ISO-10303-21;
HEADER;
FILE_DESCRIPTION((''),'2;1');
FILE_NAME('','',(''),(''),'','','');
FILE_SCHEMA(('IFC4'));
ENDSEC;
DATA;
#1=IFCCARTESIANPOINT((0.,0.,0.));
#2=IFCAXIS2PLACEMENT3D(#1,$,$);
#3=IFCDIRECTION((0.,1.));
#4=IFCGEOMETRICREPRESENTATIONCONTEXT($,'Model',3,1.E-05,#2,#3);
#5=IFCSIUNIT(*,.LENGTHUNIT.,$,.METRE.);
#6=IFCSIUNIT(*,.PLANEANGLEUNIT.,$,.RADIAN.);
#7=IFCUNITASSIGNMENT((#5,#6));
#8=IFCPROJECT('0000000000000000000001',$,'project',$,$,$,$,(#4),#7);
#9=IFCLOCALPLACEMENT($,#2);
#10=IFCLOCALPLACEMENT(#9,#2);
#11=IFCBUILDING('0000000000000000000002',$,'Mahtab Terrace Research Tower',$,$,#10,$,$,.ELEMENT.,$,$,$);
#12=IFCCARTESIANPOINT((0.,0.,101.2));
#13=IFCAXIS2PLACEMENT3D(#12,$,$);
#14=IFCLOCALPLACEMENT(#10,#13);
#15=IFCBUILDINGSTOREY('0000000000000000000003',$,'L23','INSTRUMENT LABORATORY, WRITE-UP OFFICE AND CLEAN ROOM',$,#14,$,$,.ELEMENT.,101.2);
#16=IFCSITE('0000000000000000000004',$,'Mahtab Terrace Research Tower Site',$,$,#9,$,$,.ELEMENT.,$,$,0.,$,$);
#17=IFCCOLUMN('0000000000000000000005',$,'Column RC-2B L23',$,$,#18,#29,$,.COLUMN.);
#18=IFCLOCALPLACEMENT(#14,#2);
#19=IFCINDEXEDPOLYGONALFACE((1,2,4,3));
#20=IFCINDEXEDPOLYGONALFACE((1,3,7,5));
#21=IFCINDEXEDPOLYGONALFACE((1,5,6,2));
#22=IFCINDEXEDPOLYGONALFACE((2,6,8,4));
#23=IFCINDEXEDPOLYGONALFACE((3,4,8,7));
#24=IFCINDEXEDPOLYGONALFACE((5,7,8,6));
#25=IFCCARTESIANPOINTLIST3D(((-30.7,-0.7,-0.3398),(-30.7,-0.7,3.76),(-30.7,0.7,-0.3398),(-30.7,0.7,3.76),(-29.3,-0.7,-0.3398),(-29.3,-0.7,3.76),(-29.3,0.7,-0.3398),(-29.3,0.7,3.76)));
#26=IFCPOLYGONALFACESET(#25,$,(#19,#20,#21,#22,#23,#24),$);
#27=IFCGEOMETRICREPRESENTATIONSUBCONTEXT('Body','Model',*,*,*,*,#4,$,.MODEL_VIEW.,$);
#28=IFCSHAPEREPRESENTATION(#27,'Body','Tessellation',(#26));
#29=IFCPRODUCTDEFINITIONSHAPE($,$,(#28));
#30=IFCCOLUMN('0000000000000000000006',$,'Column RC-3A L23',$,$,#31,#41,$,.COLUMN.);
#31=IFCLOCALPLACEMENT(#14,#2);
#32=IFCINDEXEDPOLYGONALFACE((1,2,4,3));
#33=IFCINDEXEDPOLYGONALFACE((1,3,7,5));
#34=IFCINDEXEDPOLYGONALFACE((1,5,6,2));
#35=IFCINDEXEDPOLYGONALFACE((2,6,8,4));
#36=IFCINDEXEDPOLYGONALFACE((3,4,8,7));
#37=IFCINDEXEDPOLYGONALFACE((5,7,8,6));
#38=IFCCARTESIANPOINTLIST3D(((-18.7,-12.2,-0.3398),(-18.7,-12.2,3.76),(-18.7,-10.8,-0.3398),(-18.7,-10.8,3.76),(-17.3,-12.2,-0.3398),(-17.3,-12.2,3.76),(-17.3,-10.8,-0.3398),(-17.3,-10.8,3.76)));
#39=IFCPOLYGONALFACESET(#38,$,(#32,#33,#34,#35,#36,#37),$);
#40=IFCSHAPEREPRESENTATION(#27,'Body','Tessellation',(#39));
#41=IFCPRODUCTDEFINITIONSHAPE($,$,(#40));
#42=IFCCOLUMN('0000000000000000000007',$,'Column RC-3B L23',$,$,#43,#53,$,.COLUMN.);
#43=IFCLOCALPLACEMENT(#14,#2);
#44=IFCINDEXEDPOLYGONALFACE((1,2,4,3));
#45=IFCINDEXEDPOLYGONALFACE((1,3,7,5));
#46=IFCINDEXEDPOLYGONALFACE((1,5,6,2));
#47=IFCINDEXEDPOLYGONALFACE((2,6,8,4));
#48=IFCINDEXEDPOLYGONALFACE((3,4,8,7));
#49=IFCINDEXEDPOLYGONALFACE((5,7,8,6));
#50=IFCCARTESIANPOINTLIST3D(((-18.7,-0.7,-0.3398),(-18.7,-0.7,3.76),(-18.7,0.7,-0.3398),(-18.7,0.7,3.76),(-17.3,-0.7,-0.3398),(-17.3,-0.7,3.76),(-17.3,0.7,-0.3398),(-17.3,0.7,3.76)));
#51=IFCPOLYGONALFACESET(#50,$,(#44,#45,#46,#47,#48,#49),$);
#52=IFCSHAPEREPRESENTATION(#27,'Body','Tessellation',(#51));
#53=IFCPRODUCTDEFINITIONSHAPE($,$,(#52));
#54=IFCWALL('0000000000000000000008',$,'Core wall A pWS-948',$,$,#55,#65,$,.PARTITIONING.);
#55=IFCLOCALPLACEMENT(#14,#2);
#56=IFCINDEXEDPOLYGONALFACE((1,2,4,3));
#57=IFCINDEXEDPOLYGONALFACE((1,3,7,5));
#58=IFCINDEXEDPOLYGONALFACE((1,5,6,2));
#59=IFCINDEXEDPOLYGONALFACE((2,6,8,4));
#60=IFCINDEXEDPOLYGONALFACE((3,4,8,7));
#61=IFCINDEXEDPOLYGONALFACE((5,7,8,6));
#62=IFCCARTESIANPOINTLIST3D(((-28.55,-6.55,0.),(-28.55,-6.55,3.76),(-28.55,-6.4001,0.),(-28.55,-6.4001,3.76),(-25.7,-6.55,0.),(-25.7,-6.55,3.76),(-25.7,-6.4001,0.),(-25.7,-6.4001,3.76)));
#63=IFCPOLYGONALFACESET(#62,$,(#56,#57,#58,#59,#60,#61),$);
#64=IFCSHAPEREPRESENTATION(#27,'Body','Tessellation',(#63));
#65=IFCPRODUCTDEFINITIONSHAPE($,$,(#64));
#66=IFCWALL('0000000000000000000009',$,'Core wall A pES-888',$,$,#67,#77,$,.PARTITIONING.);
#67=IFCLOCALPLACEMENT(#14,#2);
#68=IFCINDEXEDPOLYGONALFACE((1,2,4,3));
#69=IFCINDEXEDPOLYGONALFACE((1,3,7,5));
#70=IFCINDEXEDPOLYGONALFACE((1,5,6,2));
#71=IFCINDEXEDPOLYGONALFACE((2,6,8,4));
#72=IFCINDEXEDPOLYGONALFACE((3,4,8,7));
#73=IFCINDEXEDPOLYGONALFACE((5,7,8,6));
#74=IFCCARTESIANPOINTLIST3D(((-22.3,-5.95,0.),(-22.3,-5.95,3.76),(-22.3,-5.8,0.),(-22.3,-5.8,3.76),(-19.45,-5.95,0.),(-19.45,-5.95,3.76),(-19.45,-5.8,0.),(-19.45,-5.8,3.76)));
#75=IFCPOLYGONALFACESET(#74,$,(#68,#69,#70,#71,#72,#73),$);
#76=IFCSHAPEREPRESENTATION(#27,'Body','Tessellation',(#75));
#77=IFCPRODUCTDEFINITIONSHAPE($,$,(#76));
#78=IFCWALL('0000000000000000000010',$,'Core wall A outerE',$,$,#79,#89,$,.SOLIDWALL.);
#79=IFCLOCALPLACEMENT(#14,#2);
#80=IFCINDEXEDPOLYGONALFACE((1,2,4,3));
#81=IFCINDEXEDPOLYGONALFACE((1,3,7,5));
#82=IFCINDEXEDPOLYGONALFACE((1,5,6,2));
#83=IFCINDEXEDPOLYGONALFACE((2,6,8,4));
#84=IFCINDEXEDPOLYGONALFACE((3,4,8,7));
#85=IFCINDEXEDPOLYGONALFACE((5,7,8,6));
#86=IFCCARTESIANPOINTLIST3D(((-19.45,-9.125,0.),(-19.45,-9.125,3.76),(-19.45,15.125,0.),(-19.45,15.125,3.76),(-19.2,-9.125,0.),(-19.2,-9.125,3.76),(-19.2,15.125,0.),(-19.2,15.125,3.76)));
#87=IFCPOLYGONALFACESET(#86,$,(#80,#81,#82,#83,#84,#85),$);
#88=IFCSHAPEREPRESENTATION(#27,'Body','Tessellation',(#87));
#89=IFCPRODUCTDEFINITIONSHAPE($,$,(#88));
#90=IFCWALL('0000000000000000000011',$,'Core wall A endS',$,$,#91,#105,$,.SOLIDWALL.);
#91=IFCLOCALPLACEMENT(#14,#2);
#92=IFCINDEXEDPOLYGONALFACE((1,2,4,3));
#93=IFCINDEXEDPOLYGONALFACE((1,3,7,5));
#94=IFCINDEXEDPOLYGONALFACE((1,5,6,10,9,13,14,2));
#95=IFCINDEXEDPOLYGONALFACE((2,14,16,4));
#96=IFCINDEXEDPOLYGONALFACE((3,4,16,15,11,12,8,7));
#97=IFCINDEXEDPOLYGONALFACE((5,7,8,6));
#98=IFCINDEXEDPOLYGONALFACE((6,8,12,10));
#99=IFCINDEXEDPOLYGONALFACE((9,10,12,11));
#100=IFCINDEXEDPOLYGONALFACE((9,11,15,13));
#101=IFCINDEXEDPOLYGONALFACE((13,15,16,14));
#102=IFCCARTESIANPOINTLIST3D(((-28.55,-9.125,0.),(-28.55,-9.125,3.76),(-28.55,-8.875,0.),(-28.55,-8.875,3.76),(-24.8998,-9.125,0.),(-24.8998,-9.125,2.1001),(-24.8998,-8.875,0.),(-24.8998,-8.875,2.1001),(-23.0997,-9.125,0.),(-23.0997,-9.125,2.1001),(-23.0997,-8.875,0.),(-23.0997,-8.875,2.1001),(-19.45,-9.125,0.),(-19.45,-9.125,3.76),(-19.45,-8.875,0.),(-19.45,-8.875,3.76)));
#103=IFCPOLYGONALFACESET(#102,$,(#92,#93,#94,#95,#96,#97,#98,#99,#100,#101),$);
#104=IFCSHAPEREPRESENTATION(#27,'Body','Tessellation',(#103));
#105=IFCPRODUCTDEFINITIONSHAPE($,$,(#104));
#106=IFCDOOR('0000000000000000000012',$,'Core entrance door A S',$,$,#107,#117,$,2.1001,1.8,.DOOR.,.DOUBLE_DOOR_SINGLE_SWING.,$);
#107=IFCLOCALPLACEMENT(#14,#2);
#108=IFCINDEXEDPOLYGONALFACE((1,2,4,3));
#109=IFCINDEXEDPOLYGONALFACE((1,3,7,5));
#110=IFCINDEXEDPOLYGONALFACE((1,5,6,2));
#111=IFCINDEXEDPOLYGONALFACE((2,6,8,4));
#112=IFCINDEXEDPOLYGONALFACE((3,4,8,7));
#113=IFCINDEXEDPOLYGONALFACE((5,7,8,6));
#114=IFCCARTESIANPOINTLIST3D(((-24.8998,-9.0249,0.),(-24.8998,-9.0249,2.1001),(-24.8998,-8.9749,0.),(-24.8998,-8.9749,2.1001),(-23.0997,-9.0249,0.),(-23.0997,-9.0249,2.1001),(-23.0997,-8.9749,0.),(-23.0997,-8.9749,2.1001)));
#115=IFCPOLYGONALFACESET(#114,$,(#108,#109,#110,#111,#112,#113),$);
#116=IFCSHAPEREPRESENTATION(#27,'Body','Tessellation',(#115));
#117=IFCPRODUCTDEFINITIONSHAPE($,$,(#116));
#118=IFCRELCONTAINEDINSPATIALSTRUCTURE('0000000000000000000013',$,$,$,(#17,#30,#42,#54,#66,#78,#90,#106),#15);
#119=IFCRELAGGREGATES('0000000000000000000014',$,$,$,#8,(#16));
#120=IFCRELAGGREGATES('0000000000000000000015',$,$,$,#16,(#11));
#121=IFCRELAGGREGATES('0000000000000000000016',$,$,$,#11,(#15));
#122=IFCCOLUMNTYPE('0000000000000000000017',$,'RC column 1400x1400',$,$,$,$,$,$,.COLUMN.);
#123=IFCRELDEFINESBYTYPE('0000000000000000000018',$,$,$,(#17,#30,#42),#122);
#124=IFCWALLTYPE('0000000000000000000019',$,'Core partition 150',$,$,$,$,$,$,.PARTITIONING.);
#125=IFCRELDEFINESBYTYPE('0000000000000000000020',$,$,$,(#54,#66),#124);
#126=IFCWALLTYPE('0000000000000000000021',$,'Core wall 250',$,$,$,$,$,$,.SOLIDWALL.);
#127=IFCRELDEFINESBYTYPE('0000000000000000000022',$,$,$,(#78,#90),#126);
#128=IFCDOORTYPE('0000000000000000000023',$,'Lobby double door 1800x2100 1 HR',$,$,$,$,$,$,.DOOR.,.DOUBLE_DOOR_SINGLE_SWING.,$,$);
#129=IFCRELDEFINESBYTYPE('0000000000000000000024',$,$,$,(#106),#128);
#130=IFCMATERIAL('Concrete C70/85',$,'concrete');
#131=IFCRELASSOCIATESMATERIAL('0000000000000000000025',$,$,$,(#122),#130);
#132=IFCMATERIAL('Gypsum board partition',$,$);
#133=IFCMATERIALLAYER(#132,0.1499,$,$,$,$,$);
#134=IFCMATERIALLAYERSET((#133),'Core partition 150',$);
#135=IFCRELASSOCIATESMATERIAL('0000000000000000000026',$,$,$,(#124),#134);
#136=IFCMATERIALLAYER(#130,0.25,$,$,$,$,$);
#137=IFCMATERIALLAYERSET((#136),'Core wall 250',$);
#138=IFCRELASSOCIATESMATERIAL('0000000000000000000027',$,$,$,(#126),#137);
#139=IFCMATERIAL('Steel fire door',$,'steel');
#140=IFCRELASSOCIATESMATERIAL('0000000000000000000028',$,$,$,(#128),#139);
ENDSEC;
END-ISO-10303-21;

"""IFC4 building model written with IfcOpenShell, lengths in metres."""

from ifc_helpers import new_model, si_unit, direction, frame, frame_2d, origin, origin_2d, place, context, subcontext, project, spatial, rectangle, extrude, material, layer, layer_set, material_profile, profile_set, type_object, element, fill, save


model = new_model("IFC4")

# Units and contexts
model_context = context("Model", 3, precision=1e-05, world=origin(), true_north=direction((0.0, 1.0)))
body_context = subcontext(model_context, "Body", "Model", "MODEL_VIEW")
ifc_project = project(units=[si_unit("LENGTHUNIT", "METRE"), si_unit("PLANEANGLEUNIT", "RADIAN")], contexts=[model_context])

# Site, building, storey
site_placement = place(None, origin())
site = spatial("IfcSite", under=ifc_project, at=site_placement, Name="Mahtab Terrace Research Tower Site", CompositionType="ELEMENT", RefElevation=0.0)
building_placement = place(site_placement, origin())
building = spatial("IfcBuilding", under=site, at=building_placement, Name="Mahtab Terrace Research Tower", CompositionType="ELEMENT")
storey_placement = place(building_placement, frame((0.0, 0.0, 101.2)))
storey = spatial("IfcBuildingStorey", under=building, at=storey_placement, Name="L23", Description="INSTRUMENT LABORATORY, WRITE-UP OFFICE AND CLEAN ROOM", CompositionType="ELEMENT", Elevation=101.2)

# Columns
ifc_material_1 = material(Name="Concrete C70/85", Category="concrete")
ifc_material_profile = material_profile(ifc_material_1, rectangle(XDim=1.3999, YDim=1.3999, at=origin_2d()), Name="RC column 1400x1400")
ifc_profile_set = profile_set([ifc_material_profile], Name="Concrete C70/85")
column_type = type_object("IfcColumnType", Name="RC column 1400x1400", PredefinedType="COLUMN", material=ifc_profile_set)
for number, where, z_axis, x_axis, name in (
    (1, (-30.0, 0.0, -0.3398), (0.0, 0.0, 1.0), (1.0, 0.0, 0.0), "Column RC-2B L23"),
    (2, (-18.0, -11.5, -0.3398), (0.0, 0.0, 1.0), (1.0, 0.0, 0.0), "Column RC-3A L23"),
    (3, (-18.0, 0.0, -0.3398), (0.0, 0.0, 1.0), (1.0, 0.0, 0.0), "Column RC-3B L23"),
):
    element("IfcColumn", number, at=place(storey_placement, frame(where, z_axis=z_axis, x_axis=x_axis)), inside=storey, type_object=column_type, Name=name, PredefinedType="COLUMN", context=body_context, shape_type="SweptSolid", body=[
        extrude(rectangle(XDim=1.3999, YDim=1.3999, at=origin_2d()), origin(), (0.0, 0.0, 1.0), 4.0999),
    ])

# Walls
ifc_material_2 = material(Name="Gypsum board partition")
ifc_layer_1 = layer(ifc_material_2, 0.1499)
ifc_layer_set_1 = layer_set([ifc_layer_1], Name="Core partition 150")
wall_type_1 = type_object("IfcWallType", Name="Core partition 150", PredefinedType="PARTITIONING", material=ifc_layer_set_1)
for number, where, z_axis, x_axis, name in (
    (4, (-28.55, -6.4751, 0.0), (0.0, 0.0, 1.0), (1.0, 0.0, 0.0), "Core wall A pWS-948"),
    (5, (-22.3, -5.875, 0.0), (0.0, 0.0, 1.0), (1.0, 0.0, 0.0), "Core wall A pES-888"),
):
    element("IfcWall", number, at=place(storey_placement, frame(where, z_axis=z_axis, x_axis=x_axis)), inside=storey, type_object=wall_type_1, Name=name, PredefinedType="PARTITIONING", context=body_context, shape_type="SweptSolid", body=[
        extrude(rectangle(XDim=2.8501, YDim=0.1499, at=frame_2d((1.425, 0.0))), origin(), (0.0, 0.0, 1.0), 3.76),
    ])
ifc_layer_2 = layer(ifc_material_1, 0.25)
ifc_layer_set_2 = layer_set([ifc_layer_2], Name="Core wall 250")
wall_type_2 = type_object("IfcWallType", Name="Core wall 250", PredefinedType="SOLIDWALL", material=ifc_layer_set_2)
wall_1_placement = place(storey_placement, frame((-19.325, -9.125, 0.0), z_axis=(0.0, 0.0, 1.0), x_axis=(0.0, 1.0, 0.0)))
element("IfcWall", 6, at=wall_1_placement, inside=storey, type_object=wall_type_2, Name="Core wall A outerE", PredefinedType="SOLIDWALL", context=body_context, shape_type="SweptSolid", body=[
    extrude(rectangle(XDim=24.25, YDim=0.25, at=frame_2d((12.125, 0.0))), origin(), (0.0, 0.0, 1.0), 3.76),
])

# Wall, opening, door
wall_2_placement = place(storey_placement, frame((-19.45, -9.0, 0.0), z_axis=(0.0, 0.0, 1.0), x_axis=(-1.0, 0.0, 0.0)))
wall_2 = element("IfcWall", 7, at=wall_2_placement, inside=storey, type_object=wall_type_2, Name="Core wall A endS", PredefinedType="SOLIDWALL", context=body_context, shape_type="SweptSolid", body=[
    extrude(rectangle(XDim=9.1001, YDim=0.25, at=frame_2d((4.55, 0.0))), origin(), (0.0, 0.0, 1.0), 3.76),
])
opening_1_placement = place(wall_2_placement, frame((3.6499, 0.0, 0.0)))
opening_1 = element("IfcOpeningElement", 8, at=opening_1_placement, cuts=wall_2, PredefinedType="OPENING", context=body_context, shape_type="SweptSolid", body=[
    extrude(rectangle(XDim=1.8, YDim=2.1001, at=frame_2d((0.8999, 1.05))), frame((0.0, 0.135, 0.0), z_axis=(0.0, -1.0, 0.0), x_axis=(1.0, 0.0, 0.0)), (0.0, 0.0, 1.0), 0.27),
])
ifc_material_3 = material(Name="Steel fire door", Category="steel")
door_type_1 = type_object("IfcDoorType", Name="Lobby double door 1800x2100 1 HR", OperationType="DOUBLE_DOOR_SINGLE_SWING", PredefinedType="DOOR", material=ifc_material_3)
door_1_placement = place(opening_1_placement, origin())
door_1 = element("IfcDoor", 9, at=door_1_placement, inside=storey, type_object=door_type_1, Name="Core entrance door A S", OperationType="DOUBLE_DOOR_SINGLE_SWING", OverallHeight=2.1001, OverallWidth=1.8, PredefinedType="DOOR", context=body_context, shape_type="SweptSolid", body=[
    extrude(rectangle(XDim=1.8, YDim=2.1001, at=frame_2d((0.8999, 1.05))), frame((0.0, 0.0249, 0.0), z_axis=(0.0, -1.0, 0.0), x_axis=(1.0, 0.0, 0.0)), (0.0, 0.0, 1.0), 0.05),
])
fill(opening_1, door_1)

save(model, "model.ifc")
